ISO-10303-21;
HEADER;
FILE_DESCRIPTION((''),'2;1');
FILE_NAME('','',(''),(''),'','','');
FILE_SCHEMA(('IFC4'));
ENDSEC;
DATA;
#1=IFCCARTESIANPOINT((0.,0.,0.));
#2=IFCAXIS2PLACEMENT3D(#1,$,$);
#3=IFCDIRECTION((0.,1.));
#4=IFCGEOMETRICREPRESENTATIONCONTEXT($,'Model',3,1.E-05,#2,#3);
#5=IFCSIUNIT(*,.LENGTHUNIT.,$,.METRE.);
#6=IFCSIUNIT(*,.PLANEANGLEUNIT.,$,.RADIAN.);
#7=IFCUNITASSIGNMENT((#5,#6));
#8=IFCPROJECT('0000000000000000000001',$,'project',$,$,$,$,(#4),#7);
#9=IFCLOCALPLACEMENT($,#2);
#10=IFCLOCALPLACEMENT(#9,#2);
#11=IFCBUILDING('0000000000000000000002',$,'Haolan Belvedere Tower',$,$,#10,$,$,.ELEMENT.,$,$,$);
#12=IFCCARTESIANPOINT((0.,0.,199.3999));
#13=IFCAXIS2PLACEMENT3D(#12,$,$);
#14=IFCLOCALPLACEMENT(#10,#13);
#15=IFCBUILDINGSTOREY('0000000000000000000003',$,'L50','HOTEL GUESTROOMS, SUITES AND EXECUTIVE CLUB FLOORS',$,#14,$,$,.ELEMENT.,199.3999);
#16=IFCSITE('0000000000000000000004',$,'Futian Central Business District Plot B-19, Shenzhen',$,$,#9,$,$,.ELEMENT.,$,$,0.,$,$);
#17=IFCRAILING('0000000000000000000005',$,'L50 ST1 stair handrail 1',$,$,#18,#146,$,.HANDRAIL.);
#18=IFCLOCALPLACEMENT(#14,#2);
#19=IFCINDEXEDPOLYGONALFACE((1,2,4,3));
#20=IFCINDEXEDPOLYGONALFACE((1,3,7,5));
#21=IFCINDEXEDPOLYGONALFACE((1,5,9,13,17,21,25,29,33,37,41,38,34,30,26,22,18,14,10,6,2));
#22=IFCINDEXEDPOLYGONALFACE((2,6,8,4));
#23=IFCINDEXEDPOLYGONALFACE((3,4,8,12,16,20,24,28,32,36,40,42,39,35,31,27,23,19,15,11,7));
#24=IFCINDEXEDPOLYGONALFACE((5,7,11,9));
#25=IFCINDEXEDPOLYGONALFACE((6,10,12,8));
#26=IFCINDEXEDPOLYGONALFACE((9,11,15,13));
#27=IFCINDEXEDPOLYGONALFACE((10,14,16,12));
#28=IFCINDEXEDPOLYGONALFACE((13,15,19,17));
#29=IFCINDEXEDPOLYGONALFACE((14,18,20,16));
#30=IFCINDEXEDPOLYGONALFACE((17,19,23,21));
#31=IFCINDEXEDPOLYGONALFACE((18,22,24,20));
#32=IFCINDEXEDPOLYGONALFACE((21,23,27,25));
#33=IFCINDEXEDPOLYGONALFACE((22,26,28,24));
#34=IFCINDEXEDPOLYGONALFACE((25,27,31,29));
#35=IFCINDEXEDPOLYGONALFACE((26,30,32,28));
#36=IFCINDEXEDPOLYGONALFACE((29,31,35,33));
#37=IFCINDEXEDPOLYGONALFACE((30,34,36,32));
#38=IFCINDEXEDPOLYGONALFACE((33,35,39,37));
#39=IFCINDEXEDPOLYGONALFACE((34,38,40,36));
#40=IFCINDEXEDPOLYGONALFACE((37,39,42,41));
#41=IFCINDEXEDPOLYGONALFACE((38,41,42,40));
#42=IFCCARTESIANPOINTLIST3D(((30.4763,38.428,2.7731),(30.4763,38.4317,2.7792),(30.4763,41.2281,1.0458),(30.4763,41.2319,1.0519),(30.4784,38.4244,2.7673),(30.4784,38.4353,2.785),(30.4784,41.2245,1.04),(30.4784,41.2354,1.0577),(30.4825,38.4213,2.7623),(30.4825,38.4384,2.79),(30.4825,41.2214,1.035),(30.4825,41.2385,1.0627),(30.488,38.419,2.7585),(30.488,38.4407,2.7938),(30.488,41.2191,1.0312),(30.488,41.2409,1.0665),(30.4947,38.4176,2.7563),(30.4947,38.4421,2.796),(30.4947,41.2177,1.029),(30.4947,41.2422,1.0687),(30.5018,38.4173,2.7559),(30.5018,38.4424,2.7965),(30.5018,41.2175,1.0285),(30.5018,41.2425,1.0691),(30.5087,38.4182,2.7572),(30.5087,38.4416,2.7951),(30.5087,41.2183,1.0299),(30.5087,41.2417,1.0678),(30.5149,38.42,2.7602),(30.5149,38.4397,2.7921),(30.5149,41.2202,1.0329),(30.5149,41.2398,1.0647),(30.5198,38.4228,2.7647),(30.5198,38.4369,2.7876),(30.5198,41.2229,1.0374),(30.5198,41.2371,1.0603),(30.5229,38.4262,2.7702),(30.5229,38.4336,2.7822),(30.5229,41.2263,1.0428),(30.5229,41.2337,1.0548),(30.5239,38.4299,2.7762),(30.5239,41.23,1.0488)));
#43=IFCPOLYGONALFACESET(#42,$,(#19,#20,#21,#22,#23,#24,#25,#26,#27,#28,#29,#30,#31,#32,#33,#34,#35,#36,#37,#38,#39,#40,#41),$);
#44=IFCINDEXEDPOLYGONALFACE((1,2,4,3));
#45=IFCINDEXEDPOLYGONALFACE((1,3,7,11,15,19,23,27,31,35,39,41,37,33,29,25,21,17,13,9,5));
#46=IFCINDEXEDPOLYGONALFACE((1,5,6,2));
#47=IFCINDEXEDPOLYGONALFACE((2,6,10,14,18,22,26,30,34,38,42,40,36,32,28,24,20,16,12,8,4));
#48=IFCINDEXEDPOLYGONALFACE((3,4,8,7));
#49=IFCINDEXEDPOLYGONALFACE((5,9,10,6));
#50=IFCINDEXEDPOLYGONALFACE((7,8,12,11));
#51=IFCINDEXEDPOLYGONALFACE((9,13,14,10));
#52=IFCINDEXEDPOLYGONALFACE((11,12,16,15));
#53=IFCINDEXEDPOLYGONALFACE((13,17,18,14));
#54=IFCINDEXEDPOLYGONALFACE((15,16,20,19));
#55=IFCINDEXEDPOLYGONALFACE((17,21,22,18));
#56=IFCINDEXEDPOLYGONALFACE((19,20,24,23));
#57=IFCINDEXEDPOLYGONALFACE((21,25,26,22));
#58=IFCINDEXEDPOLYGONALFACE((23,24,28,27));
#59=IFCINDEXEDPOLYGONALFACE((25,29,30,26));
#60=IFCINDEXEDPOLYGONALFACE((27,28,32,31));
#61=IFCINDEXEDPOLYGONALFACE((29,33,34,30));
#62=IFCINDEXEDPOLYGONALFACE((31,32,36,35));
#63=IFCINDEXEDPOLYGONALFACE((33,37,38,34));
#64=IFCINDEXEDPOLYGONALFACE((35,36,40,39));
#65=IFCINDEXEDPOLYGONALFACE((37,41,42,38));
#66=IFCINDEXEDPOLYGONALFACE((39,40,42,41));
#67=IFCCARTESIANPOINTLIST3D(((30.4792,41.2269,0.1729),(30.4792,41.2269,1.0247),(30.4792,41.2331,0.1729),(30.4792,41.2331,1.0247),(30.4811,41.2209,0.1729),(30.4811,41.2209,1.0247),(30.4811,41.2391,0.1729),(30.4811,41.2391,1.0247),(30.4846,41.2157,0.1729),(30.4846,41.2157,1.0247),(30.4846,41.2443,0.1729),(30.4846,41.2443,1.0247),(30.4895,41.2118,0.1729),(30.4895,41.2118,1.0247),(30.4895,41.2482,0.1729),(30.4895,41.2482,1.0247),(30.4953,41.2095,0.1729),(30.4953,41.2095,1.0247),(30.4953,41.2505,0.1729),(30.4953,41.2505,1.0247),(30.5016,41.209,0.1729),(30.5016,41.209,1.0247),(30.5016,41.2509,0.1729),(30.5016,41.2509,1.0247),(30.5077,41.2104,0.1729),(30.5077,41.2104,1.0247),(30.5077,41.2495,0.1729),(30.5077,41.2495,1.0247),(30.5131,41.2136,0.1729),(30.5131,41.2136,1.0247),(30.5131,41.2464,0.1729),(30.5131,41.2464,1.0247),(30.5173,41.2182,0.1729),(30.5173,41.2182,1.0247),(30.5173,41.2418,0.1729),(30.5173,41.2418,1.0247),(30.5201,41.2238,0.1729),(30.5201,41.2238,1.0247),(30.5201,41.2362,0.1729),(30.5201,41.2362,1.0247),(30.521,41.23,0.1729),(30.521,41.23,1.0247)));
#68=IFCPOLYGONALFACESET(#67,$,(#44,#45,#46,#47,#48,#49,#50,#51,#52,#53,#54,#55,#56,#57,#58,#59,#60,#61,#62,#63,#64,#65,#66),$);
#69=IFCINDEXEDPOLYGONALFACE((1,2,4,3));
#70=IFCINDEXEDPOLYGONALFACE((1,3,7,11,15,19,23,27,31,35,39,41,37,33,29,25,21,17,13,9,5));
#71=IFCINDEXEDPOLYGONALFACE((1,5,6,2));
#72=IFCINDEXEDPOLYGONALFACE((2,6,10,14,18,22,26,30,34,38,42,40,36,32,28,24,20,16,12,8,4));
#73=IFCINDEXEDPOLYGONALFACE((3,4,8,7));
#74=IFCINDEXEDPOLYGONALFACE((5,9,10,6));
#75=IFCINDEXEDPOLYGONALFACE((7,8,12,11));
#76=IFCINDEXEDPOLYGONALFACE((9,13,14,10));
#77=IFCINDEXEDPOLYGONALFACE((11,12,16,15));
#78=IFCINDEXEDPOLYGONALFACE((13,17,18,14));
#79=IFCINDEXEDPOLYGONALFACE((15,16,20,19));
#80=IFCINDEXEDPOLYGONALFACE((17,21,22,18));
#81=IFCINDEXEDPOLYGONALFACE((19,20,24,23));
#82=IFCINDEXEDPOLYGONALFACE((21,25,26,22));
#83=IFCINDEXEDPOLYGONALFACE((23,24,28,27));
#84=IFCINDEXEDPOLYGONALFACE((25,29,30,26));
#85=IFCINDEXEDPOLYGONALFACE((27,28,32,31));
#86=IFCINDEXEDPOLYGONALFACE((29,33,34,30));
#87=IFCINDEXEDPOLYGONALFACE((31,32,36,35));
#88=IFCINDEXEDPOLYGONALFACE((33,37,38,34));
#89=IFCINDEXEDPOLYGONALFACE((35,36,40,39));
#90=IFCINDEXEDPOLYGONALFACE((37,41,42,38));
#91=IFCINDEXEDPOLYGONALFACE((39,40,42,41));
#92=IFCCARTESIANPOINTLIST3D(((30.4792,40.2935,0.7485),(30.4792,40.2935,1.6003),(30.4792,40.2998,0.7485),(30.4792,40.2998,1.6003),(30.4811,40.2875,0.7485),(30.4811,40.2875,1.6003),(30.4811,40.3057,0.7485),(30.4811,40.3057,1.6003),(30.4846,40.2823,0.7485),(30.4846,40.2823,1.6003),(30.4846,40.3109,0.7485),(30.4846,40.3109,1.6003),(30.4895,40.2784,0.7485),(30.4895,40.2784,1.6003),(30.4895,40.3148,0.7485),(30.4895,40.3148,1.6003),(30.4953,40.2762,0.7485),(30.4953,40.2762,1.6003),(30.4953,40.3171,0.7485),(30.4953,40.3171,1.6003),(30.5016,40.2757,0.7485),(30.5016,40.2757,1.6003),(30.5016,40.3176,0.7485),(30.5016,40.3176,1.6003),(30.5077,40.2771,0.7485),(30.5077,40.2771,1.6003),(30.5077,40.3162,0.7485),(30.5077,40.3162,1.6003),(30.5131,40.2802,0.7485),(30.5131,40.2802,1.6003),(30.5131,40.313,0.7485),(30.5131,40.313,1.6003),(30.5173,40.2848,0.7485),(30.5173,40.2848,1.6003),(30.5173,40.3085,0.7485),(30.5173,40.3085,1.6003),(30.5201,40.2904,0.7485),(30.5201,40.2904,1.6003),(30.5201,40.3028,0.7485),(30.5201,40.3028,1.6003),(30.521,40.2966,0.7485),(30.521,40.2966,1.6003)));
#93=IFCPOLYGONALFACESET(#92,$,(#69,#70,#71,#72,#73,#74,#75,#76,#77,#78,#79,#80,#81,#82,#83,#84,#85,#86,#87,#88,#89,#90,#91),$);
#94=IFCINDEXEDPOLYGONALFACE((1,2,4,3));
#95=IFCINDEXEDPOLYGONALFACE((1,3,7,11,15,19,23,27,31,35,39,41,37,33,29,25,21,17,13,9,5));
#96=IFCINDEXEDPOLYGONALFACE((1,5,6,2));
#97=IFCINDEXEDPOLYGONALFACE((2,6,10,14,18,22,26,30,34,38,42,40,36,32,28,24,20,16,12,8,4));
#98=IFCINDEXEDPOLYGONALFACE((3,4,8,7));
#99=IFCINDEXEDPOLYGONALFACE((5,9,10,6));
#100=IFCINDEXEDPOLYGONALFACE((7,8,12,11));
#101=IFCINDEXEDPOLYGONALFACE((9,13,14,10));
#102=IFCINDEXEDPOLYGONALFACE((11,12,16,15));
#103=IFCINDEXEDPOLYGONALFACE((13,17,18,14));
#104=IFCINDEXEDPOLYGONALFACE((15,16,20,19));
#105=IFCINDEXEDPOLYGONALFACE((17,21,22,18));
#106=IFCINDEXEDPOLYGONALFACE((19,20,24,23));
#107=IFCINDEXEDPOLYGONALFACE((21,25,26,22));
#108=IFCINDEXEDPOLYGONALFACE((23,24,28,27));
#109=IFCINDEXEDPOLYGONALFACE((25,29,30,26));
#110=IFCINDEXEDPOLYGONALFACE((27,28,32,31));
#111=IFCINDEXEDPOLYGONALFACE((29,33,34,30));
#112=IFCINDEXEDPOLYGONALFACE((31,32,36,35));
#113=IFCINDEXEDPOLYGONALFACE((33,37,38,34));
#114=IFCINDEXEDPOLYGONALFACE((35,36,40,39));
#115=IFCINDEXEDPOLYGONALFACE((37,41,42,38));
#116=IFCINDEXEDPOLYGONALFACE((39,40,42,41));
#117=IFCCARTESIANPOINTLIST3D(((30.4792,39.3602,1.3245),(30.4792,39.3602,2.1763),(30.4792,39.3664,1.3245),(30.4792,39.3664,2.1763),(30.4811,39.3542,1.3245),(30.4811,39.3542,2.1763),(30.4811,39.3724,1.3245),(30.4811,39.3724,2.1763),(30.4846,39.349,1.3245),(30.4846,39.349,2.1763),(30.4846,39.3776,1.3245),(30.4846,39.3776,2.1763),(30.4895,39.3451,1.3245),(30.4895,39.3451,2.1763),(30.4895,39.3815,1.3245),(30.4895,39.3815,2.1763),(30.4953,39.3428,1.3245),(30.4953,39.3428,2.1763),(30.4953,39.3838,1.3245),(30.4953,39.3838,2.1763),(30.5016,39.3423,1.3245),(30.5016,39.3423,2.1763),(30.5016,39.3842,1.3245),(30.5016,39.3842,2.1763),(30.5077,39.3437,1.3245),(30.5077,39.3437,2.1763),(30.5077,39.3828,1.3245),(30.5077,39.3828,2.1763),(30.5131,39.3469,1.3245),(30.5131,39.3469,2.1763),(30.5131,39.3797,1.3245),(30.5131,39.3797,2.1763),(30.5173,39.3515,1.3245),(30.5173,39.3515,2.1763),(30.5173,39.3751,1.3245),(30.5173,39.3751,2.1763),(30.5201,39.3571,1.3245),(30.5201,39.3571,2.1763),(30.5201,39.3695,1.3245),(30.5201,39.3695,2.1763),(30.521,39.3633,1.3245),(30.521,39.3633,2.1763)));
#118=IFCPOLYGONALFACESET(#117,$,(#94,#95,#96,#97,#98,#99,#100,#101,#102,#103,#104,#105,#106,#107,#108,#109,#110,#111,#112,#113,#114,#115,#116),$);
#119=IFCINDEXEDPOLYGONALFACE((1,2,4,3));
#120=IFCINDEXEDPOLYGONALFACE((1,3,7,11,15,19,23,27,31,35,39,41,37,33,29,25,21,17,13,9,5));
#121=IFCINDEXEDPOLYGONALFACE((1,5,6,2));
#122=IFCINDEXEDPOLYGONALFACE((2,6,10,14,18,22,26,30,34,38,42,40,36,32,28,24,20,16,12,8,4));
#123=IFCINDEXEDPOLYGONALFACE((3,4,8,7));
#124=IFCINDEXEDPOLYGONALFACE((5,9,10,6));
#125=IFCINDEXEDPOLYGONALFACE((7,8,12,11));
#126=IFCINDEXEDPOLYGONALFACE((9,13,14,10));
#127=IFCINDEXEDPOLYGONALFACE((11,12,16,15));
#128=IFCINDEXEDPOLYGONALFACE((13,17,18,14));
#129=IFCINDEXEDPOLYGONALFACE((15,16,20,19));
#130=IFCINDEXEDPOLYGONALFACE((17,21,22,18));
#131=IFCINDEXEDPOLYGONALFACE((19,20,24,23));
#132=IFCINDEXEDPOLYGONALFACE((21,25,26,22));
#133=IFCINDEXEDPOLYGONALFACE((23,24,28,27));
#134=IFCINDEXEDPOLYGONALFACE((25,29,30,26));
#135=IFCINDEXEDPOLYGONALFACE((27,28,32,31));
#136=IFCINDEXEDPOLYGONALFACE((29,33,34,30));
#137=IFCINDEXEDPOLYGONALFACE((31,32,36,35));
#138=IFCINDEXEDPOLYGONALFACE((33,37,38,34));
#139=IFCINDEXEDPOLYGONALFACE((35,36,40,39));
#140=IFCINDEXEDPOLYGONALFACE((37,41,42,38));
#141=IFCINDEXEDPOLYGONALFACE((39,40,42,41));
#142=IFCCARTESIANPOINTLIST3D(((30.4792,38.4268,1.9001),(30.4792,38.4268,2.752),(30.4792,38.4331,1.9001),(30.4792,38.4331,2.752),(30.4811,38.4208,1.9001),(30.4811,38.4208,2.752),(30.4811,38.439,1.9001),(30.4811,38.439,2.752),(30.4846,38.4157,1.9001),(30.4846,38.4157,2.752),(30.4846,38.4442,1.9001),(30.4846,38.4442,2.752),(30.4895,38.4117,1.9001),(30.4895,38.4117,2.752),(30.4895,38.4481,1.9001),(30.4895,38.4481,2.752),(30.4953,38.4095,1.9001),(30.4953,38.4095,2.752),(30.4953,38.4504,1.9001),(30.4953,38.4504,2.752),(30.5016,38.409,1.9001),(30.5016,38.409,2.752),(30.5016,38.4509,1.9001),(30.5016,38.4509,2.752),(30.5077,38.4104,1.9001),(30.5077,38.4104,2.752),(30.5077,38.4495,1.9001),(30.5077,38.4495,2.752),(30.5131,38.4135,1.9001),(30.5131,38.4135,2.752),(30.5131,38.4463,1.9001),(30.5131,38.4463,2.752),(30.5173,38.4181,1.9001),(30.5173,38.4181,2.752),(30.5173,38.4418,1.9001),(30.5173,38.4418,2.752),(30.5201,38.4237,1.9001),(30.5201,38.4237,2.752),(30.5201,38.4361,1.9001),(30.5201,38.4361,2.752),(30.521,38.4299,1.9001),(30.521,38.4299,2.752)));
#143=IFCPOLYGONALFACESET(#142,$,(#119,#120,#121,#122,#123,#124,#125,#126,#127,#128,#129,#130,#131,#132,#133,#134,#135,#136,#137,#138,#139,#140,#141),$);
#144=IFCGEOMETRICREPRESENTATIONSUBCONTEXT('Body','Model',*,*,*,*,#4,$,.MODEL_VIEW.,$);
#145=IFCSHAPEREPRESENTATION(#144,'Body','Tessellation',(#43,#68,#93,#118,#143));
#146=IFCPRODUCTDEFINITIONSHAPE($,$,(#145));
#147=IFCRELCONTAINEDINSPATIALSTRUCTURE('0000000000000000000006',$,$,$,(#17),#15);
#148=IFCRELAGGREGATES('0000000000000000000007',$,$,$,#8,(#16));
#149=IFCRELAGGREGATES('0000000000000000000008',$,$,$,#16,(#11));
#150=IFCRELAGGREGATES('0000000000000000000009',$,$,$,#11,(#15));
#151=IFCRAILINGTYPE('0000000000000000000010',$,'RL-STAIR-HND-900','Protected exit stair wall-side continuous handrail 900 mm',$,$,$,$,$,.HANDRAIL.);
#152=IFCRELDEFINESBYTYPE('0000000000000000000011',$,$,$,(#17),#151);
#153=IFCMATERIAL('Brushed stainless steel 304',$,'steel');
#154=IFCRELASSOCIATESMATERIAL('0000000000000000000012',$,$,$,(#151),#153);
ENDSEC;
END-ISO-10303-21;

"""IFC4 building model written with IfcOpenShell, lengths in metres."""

from ifc_helpers import new_model, si_unit, direction, frame, origin, origin_2d, place, context, subcontext, project, spatial, circle, extrude, material, type_object, element, save


model = new_model("IFC4")

# Units and contexts
model_context = context("Model", 3, precision=1e-05, world=origin(), true_north=direction((0.0, 1.0)))
body_context = subcontext(model_context, "Body", "Model", "MODEL_VIEW")
ifc_project = project(units=[si_unit("LENGTHUNIT", "METRE"), si_unit("PLANEANGLEUNIT", "RADIAN")], contexts=[model_context])

# Site, building, storey
site_placement = place(None, origin())
site = spatial("IfcSite", under=ifc_project, at=site_placement, Name="Futian Central Business District Plot B-19, Shenzhen", CompositionType="ELEMENT", RefElevation=0.0)
building_placement = place(site_placement, origin())
building = spatial("IfcBuilding", under=site, at=building_placement, Name="Haolan Belvedere Tower", CompositionType="ELEMENT")
storey_placement = place(building_placement, frame((0.0, 0.0, 199.3999)))
storey = spatial("IfcBuildingStorey", under=building, at=storey_placement, Name="L50", Description="HOTEL GUESTROOMS, SUITES AND EXECUTIVE CLUB FLOORS", CompositionType="ELEMENT", Elevation=199.3999)

# Railing
ifc_material_1 = material(Name="Brushed stainless steel 304", Category="steel")
railing_type_1 = type_object("IfcRailingType", Name="RL-STAIR-HND-900", Description="Protected exit stair wall-side continuous handrail 900 mm", PredefinedType="HANDRAIL", material=ifc_material_1)
railing_1_placement = place(storey_placement, frame((30.5, 41.23, 0.1729)))
element("IfcRailing", 1, at=railing_1_placement, inside=storey, type_object=railing_type_1, Name="L50 ST1 stair handrail 1", PredefinedType="HANDRAIL", context=body_context, shape_type="SweptSolid", body=[
    extrude(circle(Radius=0.0239, at=origin_2d()), frame((0.0, 0.0, 0.876), z_axis=(0.0, -0.85109, 0.52502), x_axis=(1.0, 0.0, 0.0)), (0.0, 0.0, 1.0), 3.29),
    extrude(circle(Radius=0.021, at=origin_2d()), origin(), (0.0, 0.0, 1.0), 0.8518),
    extrude(circle(Radius=0.021, at=origin_2d()), frame((0.0, -0.9333, 0.5757)), (0.0, 0.0, 1.0), 0.8518),
    extrude(circle(Radius=0.021, at=origin_2d()), frame((0.0, -1.8667, 1.1516)), (0.0, 0.0, 1.0), 0.8518),
    extrude(circle(Radius=0.021, at=origin_2d()), frame((0.0, -2.8, 1.7273)), (0.0, 0.0, 1.0), 0.8518),
])

save(model, "model.ifc")
